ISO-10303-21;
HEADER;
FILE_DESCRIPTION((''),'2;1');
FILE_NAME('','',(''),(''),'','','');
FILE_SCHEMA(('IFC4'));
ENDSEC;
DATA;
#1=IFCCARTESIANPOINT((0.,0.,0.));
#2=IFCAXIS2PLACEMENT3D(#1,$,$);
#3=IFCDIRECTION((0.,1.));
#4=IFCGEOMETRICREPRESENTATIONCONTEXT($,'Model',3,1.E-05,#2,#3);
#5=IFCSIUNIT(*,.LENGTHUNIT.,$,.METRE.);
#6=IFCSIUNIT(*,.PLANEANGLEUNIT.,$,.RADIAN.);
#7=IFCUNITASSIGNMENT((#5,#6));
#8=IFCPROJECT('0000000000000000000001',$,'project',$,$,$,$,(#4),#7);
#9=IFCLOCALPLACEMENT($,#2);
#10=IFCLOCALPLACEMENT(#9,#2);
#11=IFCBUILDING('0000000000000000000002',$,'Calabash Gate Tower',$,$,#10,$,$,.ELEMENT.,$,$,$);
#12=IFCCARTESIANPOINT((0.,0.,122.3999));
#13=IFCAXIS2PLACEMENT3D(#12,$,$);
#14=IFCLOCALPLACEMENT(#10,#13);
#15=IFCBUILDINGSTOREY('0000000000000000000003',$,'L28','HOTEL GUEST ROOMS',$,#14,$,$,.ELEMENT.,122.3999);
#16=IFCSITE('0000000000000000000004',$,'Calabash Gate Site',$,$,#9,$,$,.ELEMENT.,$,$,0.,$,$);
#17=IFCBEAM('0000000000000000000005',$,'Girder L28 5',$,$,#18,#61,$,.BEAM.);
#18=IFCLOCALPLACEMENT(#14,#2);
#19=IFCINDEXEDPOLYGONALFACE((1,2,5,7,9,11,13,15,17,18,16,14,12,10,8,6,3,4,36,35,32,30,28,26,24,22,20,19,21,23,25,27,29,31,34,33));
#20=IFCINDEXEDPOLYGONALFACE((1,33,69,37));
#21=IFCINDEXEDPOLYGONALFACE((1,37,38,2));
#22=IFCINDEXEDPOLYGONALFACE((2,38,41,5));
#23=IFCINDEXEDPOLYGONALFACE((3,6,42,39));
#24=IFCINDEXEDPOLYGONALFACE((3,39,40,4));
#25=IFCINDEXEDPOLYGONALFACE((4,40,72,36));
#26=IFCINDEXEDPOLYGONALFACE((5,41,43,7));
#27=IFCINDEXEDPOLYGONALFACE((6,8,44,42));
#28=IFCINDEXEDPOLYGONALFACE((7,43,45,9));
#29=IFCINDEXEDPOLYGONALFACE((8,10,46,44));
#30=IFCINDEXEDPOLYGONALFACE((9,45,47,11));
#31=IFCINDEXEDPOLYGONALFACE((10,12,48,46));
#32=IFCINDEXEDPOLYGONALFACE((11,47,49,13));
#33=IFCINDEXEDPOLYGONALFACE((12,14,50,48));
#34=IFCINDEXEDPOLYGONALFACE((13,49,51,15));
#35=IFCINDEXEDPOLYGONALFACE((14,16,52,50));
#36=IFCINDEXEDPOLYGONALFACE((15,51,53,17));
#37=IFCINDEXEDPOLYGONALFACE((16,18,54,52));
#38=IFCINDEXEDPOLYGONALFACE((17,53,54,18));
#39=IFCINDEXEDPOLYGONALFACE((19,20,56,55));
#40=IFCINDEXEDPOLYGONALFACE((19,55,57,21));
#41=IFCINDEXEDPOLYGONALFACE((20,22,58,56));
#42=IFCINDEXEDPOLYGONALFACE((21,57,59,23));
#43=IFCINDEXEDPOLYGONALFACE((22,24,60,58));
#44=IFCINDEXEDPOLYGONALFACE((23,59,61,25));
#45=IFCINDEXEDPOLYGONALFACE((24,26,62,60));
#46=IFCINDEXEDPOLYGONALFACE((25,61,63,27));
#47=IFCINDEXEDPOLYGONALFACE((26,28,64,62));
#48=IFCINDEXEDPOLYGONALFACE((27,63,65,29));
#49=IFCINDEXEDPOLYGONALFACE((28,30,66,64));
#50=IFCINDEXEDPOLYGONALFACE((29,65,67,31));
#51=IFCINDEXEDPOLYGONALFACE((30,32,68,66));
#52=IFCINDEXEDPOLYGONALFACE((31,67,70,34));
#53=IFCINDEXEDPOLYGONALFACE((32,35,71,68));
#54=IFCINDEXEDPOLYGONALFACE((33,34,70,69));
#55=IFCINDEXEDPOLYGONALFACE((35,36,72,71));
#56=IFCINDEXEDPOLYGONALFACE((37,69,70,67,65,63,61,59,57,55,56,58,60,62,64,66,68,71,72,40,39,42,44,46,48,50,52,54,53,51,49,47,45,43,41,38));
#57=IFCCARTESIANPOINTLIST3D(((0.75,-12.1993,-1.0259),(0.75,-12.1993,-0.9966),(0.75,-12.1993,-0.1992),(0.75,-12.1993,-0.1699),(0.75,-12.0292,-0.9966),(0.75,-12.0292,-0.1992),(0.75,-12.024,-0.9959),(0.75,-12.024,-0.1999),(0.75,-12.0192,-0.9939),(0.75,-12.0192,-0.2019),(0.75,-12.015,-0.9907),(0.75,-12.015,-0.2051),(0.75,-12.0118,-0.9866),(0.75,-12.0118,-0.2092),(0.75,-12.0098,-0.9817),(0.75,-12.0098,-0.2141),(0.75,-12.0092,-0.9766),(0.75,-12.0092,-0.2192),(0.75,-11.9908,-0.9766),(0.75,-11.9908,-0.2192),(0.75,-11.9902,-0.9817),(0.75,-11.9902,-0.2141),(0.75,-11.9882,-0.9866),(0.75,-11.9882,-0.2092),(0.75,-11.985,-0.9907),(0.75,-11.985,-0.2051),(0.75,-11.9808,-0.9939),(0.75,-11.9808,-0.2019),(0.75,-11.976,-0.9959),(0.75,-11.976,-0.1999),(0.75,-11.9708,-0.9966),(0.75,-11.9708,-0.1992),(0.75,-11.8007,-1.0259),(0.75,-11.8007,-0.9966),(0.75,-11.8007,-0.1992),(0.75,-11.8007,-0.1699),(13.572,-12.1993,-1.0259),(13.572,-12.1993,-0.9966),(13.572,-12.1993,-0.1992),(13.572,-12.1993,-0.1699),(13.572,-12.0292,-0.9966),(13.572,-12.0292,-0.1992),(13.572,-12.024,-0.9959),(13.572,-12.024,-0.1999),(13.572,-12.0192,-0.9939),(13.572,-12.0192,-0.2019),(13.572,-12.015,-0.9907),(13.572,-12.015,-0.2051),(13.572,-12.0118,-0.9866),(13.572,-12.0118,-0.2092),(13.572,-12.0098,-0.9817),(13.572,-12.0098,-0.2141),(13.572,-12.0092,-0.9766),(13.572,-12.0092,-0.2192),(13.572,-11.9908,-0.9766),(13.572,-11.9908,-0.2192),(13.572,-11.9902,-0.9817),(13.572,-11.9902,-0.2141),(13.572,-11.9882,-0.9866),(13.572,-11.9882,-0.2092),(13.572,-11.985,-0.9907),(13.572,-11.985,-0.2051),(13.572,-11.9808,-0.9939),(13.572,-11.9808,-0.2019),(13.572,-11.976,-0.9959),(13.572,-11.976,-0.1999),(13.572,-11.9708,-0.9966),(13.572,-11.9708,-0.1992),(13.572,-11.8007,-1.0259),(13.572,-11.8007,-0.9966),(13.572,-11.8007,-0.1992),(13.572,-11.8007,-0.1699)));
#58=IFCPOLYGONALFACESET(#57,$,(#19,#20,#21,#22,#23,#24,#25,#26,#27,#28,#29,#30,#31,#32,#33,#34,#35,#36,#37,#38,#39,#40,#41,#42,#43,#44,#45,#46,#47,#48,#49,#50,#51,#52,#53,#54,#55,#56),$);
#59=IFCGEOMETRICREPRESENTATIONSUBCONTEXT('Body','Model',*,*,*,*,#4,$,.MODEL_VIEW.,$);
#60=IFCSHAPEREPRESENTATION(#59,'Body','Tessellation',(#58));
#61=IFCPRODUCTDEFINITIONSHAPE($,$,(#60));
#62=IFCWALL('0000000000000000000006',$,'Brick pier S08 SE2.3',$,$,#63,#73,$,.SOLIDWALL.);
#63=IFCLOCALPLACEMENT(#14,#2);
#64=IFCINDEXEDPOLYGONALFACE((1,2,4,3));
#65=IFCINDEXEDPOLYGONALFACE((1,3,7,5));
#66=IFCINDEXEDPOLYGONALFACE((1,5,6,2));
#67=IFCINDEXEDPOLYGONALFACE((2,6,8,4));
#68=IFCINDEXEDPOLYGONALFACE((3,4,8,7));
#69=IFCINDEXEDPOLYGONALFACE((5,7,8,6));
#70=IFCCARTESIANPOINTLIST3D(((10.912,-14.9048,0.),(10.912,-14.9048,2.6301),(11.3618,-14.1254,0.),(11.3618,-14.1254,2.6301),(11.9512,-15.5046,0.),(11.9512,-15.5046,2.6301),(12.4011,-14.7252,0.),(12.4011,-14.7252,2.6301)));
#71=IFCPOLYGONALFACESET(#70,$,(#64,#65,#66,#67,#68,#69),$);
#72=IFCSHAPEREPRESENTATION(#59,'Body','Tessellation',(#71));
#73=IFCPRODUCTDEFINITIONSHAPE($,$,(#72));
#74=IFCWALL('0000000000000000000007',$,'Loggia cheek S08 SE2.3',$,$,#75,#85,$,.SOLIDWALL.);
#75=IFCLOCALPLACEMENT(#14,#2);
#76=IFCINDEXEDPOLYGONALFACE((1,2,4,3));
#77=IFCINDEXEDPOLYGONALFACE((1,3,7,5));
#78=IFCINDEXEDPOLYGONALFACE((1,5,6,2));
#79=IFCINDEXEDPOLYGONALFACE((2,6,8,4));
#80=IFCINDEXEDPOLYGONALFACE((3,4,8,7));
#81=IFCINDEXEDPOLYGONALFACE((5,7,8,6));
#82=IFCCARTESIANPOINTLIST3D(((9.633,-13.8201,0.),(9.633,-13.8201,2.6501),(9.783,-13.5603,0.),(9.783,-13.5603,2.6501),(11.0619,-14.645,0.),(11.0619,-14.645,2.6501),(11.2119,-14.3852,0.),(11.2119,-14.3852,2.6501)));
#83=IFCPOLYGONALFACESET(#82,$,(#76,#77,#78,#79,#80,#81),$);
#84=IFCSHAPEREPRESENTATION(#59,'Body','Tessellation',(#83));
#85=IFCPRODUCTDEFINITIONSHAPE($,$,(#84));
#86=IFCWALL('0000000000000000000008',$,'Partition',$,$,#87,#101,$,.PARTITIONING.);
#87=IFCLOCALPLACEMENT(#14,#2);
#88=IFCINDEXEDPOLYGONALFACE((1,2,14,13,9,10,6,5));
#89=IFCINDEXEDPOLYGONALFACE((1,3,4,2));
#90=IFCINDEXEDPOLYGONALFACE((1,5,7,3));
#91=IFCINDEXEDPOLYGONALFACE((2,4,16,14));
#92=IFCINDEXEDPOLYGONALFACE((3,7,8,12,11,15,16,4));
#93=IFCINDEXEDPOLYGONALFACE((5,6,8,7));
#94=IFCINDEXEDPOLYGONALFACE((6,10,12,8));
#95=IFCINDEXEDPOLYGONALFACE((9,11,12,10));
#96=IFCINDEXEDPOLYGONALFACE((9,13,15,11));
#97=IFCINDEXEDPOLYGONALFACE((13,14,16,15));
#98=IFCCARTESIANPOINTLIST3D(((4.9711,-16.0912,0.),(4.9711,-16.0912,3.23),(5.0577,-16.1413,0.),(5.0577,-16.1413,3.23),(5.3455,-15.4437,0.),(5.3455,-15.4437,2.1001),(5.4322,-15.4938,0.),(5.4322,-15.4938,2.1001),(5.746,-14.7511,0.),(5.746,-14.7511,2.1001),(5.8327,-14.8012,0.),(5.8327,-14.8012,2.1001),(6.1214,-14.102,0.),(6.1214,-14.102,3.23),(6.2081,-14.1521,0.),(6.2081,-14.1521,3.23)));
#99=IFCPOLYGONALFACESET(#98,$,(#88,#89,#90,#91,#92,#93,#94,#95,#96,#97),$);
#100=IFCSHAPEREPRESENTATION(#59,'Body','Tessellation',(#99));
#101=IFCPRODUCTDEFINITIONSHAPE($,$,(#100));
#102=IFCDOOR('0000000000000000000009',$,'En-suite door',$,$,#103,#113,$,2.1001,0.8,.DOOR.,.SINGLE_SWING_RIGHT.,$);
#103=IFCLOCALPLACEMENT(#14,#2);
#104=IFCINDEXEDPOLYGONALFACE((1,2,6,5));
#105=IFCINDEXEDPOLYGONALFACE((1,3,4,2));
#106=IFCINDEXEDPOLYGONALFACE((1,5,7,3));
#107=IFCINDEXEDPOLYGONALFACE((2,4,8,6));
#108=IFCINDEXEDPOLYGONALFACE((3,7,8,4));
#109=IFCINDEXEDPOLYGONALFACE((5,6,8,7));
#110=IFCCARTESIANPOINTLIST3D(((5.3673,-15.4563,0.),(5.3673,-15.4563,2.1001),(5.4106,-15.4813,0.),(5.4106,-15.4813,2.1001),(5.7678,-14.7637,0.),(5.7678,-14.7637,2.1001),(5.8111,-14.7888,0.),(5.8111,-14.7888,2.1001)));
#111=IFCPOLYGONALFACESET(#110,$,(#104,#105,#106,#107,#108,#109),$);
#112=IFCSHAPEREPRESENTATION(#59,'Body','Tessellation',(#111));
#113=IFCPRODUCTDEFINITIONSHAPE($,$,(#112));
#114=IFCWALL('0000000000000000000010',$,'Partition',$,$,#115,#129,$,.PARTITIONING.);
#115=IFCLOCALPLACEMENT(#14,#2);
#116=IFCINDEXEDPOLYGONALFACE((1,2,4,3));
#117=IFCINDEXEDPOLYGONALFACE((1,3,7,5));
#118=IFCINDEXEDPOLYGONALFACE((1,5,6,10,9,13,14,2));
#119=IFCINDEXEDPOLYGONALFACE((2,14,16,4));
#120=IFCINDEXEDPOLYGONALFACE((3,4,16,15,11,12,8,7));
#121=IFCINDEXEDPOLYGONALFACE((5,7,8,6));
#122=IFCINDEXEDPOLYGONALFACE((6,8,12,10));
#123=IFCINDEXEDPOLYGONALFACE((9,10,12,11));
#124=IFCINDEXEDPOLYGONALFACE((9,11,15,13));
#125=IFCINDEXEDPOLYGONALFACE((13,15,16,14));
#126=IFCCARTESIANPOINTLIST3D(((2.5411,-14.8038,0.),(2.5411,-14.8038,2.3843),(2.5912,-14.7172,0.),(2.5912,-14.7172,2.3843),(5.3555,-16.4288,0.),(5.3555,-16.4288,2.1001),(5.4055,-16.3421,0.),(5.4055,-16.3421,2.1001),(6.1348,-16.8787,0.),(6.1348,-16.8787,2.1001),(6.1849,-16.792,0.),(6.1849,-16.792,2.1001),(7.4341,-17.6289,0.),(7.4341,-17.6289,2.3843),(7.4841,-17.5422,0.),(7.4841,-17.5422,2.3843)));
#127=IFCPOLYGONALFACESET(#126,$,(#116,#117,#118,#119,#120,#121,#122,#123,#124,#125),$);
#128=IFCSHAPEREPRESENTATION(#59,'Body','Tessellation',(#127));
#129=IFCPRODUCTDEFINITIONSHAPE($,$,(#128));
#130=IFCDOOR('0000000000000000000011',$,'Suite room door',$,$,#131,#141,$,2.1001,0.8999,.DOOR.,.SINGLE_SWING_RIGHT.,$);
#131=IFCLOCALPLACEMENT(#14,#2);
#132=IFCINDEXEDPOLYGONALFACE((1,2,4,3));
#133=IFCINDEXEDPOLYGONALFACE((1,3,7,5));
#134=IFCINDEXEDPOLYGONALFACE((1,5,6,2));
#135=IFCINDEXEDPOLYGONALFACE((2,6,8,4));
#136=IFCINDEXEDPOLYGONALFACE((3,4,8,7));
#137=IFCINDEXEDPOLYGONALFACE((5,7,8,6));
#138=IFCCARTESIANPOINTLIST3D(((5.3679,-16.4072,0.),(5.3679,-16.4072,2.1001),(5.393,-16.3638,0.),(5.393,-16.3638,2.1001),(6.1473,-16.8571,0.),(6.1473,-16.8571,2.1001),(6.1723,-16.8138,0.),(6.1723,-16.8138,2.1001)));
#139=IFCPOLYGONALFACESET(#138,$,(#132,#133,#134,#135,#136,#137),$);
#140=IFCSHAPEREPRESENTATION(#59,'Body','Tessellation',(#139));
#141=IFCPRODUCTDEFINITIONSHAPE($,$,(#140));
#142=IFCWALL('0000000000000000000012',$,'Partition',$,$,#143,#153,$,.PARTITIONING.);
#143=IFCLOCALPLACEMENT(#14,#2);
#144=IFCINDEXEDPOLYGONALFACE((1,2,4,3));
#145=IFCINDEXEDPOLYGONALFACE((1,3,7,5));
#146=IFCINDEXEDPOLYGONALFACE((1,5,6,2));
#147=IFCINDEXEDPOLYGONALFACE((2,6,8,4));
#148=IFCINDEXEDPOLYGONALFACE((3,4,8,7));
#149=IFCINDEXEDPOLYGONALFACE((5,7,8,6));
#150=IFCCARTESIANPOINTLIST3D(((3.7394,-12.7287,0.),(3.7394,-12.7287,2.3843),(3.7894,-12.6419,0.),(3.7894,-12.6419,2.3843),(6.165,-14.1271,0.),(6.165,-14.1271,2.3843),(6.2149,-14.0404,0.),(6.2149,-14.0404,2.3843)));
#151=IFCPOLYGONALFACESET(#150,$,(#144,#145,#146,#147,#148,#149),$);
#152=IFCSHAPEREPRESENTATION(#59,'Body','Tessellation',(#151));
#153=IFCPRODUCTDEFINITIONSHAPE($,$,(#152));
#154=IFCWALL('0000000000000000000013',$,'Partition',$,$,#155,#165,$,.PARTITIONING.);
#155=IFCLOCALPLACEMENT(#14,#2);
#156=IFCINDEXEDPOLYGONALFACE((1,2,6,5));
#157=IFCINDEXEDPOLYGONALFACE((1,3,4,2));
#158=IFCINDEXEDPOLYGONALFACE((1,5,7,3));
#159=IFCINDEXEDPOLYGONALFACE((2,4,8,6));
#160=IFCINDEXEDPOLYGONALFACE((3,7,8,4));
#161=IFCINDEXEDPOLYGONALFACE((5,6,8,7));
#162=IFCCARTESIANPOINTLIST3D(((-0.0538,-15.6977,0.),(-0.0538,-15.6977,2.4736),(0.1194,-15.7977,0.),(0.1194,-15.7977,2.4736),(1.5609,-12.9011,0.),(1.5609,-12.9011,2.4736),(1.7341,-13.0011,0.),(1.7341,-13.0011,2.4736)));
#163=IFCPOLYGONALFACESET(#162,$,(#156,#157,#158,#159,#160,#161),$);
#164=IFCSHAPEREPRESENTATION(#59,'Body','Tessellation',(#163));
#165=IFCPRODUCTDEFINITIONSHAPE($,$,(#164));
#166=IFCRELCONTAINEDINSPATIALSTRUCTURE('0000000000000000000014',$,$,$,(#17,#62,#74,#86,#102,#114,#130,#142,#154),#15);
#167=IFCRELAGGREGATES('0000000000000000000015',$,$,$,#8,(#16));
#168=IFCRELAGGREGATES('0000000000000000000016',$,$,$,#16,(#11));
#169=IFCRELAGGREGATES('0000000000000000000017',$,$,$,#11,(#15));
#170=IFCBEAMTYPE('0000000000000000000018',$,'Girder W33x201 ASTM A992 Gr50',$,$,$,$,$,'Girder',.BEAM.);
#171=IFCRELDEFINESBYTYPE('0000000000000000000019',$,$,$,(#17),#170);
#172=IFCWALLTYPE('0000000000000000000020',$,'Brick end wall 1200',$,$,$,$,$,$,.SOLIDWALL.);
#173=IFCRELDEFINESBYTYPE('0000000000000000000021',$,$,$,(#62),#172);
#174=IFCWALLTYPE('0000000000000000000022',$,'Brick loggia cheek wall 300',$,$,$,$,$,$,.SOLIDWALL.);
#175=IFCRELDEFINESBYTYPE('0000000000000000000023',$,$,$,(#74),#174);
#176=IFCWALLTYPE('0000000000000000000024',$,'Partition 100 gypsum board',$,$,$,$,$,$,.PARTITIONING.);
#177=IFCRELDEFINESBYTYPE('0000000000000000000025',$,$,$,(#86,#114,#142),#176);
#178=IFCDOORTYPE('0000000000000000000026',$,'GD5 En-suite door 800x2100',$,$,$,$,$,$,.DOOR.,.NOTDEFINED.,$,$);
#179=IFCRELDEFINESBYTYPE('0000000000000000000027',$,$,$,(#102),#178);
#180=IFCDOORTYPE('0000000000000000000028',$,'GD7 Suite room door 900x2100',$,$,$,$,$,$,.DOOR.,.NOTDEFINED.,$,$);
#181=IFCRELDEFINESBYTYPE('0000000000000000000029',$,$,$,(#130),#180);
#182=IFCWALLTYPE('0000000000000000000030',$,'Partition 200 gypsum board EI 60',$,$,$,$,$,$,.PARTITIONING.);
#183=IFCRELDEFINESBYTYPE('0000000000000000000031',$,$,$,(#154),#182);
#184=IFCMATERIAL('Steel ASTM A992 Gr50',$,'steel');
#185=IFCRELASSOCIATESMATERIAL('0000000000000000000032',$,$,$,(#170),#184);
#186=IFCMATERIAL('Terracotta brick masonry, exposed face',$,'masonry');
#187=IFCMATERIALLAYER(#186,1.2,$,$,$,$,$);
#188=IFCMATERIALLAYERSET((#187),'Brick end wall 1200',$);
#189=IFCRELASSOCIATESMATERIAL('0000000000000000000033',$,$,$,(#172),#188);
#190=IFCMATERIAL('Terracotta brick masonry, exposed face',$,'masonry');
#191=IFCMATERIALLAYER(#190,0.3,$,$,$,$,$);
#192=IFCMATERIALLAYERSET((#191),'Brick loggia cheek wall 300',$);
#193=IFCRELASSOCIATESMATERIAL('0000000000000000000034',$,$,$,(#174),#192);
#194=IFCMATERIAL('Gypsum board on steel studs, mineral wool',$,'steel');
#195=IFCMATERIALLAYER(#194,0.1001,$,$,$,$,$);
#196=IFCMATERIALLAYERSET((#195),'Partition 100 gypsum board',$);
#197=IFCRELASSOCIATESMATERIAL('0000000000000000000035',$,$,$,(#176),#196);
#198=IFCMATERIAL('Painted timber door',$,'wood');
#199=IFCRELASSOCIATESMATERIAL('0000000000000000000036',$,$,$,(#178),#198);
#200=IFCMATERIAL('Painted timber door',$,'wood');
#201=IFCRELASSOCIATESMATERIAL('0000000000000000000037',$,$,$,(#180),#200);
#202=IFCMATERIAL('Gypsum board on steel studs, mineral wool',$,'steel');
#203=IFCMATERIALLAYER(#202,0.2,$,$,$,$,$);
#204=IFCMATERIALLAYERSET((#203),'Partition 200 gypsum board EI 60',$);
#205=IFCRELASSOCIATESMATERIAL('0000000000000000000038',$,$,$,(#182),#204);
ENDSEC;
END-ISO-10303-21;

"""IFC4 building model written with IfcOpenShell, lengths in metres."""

from ifc_helpers import new_model, si_unit, direction, frame, frame_2d, origin, origin_2d, place, context, subcontext, project, spatial, rectangle, i_section, extrude, material, layer, layer_set, material_profile, profile_set, type_object, element, fill, save


model = new_model("IFC4")

# Units and contexts
model_context = context("Model", 3, precision=1e-05, world=origin(), true_north=direction((0.0, 1.0)))
body_context = subcontext(model_context, "Body", "Model", "MODEL_VIEW")
ifc_project = project(units=[si_unit("LENGTHUNIT", "METRE"), si_unit("PLANEANGLEUNIT", "RADIAN")], contexts=[model_context])

# Site, building, storey
site_placement = place(None, origin())
site = spatial("IfcSite", under=ifc_project, at=site_placement, Name="Calabash Gate Site", CompositionType="ELEMENT", RefElevation=0.0)
building_placement = place(site_placement, origin())
building = spatial("IfcBuilding", under=site, at=building_placement, Name="Calabash Gate Tower", CompositionType="ELEMENT")
storey_placement = place(building_placement, frame((0.0, 0.0, 122.3999)))
storey = spatial("IfcBuildingStorey", under=building, at=storey_placement, Name="L28", Description="HOTEL GUEST ROOMS", CompositionType="ELEMENT", Elevation=122.3999)

# Beam
ifc_material_1 = material(Name="Steel ASTM A992 Gr50", Category="steel")
ifc_material_profile_1 = material_profile(ifc_material_1, i_section(OverallWidth=0.3987, OverallDepth=0.856, WebThickness=0.0183, FlangeThickness=0.0293, FilletRadius=0.02, at=origin_2d()))
ifc_profile_set_1 = profile_set([ifc_material_profile_1], Name="Steel ASTM A992 Gr50")
beam_type_1 = type_object("IfcBeamType", Name="Girder W33x201 ASTM A992 Gr50", ElementType="Girder", PredefinedType="BEAM", material=ifc_profile_set_1)
beam_1_placement = place(storey_placement, frame((0.75, -12.0, -0.5979), z_axis=(1.0, 0.0, 0.0), x_axis=(0.0, 1.0, 0.0)))
element("IfcBeam", 1, at=beam_1_placement, inside=storey, type_object=beam_type_1, Name="Girder L28 5", PredefinedType="BEAM", context=body_context, shape_type="SweptSolid", body=[
    extrude(i_section(OverallWidth=0.3987, OverallDepth=0.856, WebThickness=0.0183, FlangeThickness=0.0293, FilletRadius=0.02, at=origin_2d()), origin(), (0.0, 0.0, 1.0), 12.822),
])

# Walls
ifc_material_2 = material(Name="Terracotta brick masonry, exposed face", Category="masonry")
ifc_layer_1 = layer(ifc_material_2, 1.2)
ifc_layer_set_1 = layer_set([ifc_layer_1], Name="Brick end wall 1200")
wall_type_1 = type_object("IfcWallType", Name="Brick end wall 1200", PredefinedType="SOLIDWALL", material=ifc_layer_set_1)
wall_1_placement = place(storey_placement, frame((12.1763, -15.115, 0.0), z_axis=(0.0, 0.0, 1.0), x_axis=(-0.866094, 0.499881, 0.0)))
element("IfcWall", 2, at=wall_1_placement, inside=storey, type_object=wall_type_1, Name="Brick pier S08 SE2.3", PredefinedType="SOLIDWALL", context=body_context, shape_type="SweptSolid", body=[
    extrude(rectangle(XDim=1.2, YDim=0.8999, at=frame_2d((0.6001, 0.0))), origin(), (0.0, 0.0, 1.0), 2.6301),
])
ifc_material_3 = material(Name="Terracotta brick masonry, exposed face", Category="masonry")
ifc_layer_2 = layer(ifc_material_3, 0.3)
ifc_layer_set_2 = layer_set([ifc_layer_2], Name="Brick loggia cheek wall 300")
wall_type_2 = type_object("IfcWallType", Name="Brick loggia cheek wall 300", PredefinedType="SOLIDWALL", material=ifc_layer_set_2)
wall_2_placement = place(storey_placement, frame((9.708, -13.6902, 0.0), z_axis=(0.0, 0.0, 1.0), x_axis=(0.86604, -0.499974, 0.0)))
element("IfcWall", 3, at=wall_2_placement, inside=storey, type_object=wall_type_2, Name="Loggia cheek S08 SE2.3", PredefinedType="SOLIDWALL", context=body_context, shape_type="SweptSolid", body=[
    extrude(rectangle(XDim=1.6499, YDim=0.3, at=frame_2d((0.825, 0.0))), origin(), (0.0, 0.0, 1.0), 2.6501),
])

# Walls, openings, doors
ifc_material_4 = material(Name="Gypsum board on steel studs, mineral wool", Category="steel")
ifc_layer_3 = layer(ifc_material_4, 0.1001)
ifc_layer_set_3 = layer_set([ifc_layer_3], Name="Partition 100 gypsum board")
wall_type_3 = type_object("IfcWallType", Name="Partition 100 gypsum board", PredefinedType="PARTITIONING", material=ifc_layer_set_3)
wall_3_placement = place(storey_placement, frame((5.0144, -16.1162, 0.0), z_axis=(0.0, 0.0, 1.0), x_axis=(0.500617, 0.865669, 0.0)))
wall_3 = element("IfcWall", 4, at=wall_3_placement, inside=storey, type_object=wall_type_3, Name="Partition", PredefinedType="PARTITIONING", context=body_context, shape_type="SweptSolid", body=[
    extrude(rectangle(XDim=2.2979, YDim=0.1001, at=frame_2d((1.1489, 0.0))), origin(), (0.0, 0.0, 1.0), 3.23),
])
opening_1_placement = place(wall_3_placement, frame((0.748, 0.0, 0.0)))
opening_1 = element("IfcOpeningElement", 5, at=opening_1_placement, cuts=wall_3, PredefinedType="OPENING", context=body_context, shape_type="SweptSolid", body=[
    extrude(rectangle(XDim=0.8, YDim=2.1001, at=frame_2d((0.3999, 1.05))), frame((0.0, 0.0601, 0.0), z_axis=(0.0, -1.0, 0.0), x_axis=(1.0, 0.0, 0.0)), (0.0, 0.0, 1.0), 0.1201),
])
ifc_material_5 = material(Name="Painted timber door", Category="wood")
door_type_1 = type_object("IfcDoorType", Name="GD5 En-suite door 800x2100", OperationType="NOTDEFINED", PredefinedType="DOOR", material=ifc_material_5)
door_1_placement = place(opening_1_placement, origin())
door_1 = element("IfcDoor", 6, at=door_1_placement, inside=storey, type_object=door_type_1, Name="En-suite door", OperationType="SINGLE_SWING_RIGHT", OverallHeight=2.1001, OverallWidth=0.8, PredefinedType="DOOR", context=body_context, shape_type="SweptSolid", body=[
    extrude(rectangle(XDim=0.8, YDim=2.1001, at=frame_2d((0.3999, 1.05))), frame((0.0, 0.0249, 0.0), z_axis=(0.0, -1.0, 0.0), x_axis=(1.0, 0.0, 0.0)), (0.0, 0.0, 1.0), 0.05),
])
fill(opening_1, door_1)
wall_4_placement = place(storey_placement, frame((2.5662, -14.7605, 0.0), z_axis=(0.0, 0.0, 1.0), x_axis=(0.866019, -0.50001, 0.0)))
wall_4 = element("IfcWall", 7, at=wall_4_placement, inside=storey, type_object=wall_type_3, Name="Partition", PredefinedType="PARTITIONING", context=body_context, shape_type="SweptSolid", body=[
    extrude(rectangle(XDim=5.6499, YDim=0.1001, at=frame_2d((2.825, 0.0))), origin(), (0.0, 0.0, 1.0), 2.3843),
])
opening_2_placement = place(wall_4_placement, frame((3.2498, 0.0, 0.0)))
opening_2 = element("IfcOpeningElement", 8, at=opening_2_placement, cuts=wall_4, PredefinedType="OPENING", context=body_context, shape_type="SweptSolid", body=[
    extrude(rectangle(XDim=0.8999, YDim=2.1001, at=frame_2d((0.45, 1.05))), frame((0.0, 0.0601, 0.0), z_axis=(0.0, -1.0, 0.0), x_axis=(1.0, 0.0, 0.0)), (0.0, 0.0, 1.0), 0.1201),
])
ifc_material_6 = material(Name="Painted timber door", Category="wood")
door_type_2 = type_object("IfcDoorType", Name="GD7 Suite room door 900x2100", OperationType="NOTDEFINED", PredefinedType="DOOR", material=ifc_material_6)
door_2_placement = place(opening_2_placement, origin())
door_2 = element("IfcDoor", 9, at=door_2_placement, inside=storey, type_object=door_type_2, Name="Suite room door", OperationType="SINGLE_SWING_RIGHT", OverallHeight=2.1001, OverallWidth=0.8999, PredefinedType="DOOR", context=body_context, shape_type="SweptSolid", body=[
    extrude(rectangle(XDim=0.8999, YDim=2.1001, at=frame_2d((0.45, 1.05))), frame((0.0, 0.0249, 0.0), z_axis=(0.0, -1.0, 0.0), x_axis=(1.0, 0.0, 0.0)), (0.0, 0.0, 1.0), 0.05),
])
fill(opening_2, door_2)

# Walls
wall_5_placement = place(storey_placement, frame((3.7644, -12.6853, 0.0), z_axis=(0.0, 0.0, 1.0), x_axis=(0.866326, -0.499478, 0.0)))
element("IfcWall", 10, at=wall_5_placement, inside=storey, type_object=wall_type_3, Name="Partition", PredefinedType="PARTITIONING", context=body_context, shape_type="SweptSolid", body=[
    extrude(rectangle(XDim=2.7998, YDim=0.1001, at=frame_2d((1.3999, 0.0))), origin(), (0.0, 0.0, 1.0), 2.3843),
])
ifc_material_7 = material(Name="Gypsum board on steel studs, mineral wool", Category="steel")
ifc_layer_4 = layer(ifc_material_7, 0.2)
ifc_layer_set_4 = layer_set([ifc_layer_4], Name="Partition 200 gypsum board EI 60")
wall_type_4 = type_object("IfcWallType", Name="Partition 200 gypsum board EI 60", PredefinedType="PARTITIONING", material=ifc_layer_set_4)
wall_6_placement = place(storey_placement, frame((0.0327, -15.7478, 0.0), z_axis=(0.0, 0.0, 1.0), x_axis=(0.500026, 0.866011, 0.0)))
element("IfcWall", 11, at=wall_6_placement, inside=storey, type_object=wall_type_4, Name="Partition", PredefinedType="PARTITIONING", context=body_context, shape_type="SweptSolid", body=[
    extrude(rectangle(XDim=3.2292, YDim=0.2, at=frame_2d((1.6147, 0.0))), origin(), (0.0, 0.0, 1.0), 2.4736),
])

save(model, "model.ifc")
